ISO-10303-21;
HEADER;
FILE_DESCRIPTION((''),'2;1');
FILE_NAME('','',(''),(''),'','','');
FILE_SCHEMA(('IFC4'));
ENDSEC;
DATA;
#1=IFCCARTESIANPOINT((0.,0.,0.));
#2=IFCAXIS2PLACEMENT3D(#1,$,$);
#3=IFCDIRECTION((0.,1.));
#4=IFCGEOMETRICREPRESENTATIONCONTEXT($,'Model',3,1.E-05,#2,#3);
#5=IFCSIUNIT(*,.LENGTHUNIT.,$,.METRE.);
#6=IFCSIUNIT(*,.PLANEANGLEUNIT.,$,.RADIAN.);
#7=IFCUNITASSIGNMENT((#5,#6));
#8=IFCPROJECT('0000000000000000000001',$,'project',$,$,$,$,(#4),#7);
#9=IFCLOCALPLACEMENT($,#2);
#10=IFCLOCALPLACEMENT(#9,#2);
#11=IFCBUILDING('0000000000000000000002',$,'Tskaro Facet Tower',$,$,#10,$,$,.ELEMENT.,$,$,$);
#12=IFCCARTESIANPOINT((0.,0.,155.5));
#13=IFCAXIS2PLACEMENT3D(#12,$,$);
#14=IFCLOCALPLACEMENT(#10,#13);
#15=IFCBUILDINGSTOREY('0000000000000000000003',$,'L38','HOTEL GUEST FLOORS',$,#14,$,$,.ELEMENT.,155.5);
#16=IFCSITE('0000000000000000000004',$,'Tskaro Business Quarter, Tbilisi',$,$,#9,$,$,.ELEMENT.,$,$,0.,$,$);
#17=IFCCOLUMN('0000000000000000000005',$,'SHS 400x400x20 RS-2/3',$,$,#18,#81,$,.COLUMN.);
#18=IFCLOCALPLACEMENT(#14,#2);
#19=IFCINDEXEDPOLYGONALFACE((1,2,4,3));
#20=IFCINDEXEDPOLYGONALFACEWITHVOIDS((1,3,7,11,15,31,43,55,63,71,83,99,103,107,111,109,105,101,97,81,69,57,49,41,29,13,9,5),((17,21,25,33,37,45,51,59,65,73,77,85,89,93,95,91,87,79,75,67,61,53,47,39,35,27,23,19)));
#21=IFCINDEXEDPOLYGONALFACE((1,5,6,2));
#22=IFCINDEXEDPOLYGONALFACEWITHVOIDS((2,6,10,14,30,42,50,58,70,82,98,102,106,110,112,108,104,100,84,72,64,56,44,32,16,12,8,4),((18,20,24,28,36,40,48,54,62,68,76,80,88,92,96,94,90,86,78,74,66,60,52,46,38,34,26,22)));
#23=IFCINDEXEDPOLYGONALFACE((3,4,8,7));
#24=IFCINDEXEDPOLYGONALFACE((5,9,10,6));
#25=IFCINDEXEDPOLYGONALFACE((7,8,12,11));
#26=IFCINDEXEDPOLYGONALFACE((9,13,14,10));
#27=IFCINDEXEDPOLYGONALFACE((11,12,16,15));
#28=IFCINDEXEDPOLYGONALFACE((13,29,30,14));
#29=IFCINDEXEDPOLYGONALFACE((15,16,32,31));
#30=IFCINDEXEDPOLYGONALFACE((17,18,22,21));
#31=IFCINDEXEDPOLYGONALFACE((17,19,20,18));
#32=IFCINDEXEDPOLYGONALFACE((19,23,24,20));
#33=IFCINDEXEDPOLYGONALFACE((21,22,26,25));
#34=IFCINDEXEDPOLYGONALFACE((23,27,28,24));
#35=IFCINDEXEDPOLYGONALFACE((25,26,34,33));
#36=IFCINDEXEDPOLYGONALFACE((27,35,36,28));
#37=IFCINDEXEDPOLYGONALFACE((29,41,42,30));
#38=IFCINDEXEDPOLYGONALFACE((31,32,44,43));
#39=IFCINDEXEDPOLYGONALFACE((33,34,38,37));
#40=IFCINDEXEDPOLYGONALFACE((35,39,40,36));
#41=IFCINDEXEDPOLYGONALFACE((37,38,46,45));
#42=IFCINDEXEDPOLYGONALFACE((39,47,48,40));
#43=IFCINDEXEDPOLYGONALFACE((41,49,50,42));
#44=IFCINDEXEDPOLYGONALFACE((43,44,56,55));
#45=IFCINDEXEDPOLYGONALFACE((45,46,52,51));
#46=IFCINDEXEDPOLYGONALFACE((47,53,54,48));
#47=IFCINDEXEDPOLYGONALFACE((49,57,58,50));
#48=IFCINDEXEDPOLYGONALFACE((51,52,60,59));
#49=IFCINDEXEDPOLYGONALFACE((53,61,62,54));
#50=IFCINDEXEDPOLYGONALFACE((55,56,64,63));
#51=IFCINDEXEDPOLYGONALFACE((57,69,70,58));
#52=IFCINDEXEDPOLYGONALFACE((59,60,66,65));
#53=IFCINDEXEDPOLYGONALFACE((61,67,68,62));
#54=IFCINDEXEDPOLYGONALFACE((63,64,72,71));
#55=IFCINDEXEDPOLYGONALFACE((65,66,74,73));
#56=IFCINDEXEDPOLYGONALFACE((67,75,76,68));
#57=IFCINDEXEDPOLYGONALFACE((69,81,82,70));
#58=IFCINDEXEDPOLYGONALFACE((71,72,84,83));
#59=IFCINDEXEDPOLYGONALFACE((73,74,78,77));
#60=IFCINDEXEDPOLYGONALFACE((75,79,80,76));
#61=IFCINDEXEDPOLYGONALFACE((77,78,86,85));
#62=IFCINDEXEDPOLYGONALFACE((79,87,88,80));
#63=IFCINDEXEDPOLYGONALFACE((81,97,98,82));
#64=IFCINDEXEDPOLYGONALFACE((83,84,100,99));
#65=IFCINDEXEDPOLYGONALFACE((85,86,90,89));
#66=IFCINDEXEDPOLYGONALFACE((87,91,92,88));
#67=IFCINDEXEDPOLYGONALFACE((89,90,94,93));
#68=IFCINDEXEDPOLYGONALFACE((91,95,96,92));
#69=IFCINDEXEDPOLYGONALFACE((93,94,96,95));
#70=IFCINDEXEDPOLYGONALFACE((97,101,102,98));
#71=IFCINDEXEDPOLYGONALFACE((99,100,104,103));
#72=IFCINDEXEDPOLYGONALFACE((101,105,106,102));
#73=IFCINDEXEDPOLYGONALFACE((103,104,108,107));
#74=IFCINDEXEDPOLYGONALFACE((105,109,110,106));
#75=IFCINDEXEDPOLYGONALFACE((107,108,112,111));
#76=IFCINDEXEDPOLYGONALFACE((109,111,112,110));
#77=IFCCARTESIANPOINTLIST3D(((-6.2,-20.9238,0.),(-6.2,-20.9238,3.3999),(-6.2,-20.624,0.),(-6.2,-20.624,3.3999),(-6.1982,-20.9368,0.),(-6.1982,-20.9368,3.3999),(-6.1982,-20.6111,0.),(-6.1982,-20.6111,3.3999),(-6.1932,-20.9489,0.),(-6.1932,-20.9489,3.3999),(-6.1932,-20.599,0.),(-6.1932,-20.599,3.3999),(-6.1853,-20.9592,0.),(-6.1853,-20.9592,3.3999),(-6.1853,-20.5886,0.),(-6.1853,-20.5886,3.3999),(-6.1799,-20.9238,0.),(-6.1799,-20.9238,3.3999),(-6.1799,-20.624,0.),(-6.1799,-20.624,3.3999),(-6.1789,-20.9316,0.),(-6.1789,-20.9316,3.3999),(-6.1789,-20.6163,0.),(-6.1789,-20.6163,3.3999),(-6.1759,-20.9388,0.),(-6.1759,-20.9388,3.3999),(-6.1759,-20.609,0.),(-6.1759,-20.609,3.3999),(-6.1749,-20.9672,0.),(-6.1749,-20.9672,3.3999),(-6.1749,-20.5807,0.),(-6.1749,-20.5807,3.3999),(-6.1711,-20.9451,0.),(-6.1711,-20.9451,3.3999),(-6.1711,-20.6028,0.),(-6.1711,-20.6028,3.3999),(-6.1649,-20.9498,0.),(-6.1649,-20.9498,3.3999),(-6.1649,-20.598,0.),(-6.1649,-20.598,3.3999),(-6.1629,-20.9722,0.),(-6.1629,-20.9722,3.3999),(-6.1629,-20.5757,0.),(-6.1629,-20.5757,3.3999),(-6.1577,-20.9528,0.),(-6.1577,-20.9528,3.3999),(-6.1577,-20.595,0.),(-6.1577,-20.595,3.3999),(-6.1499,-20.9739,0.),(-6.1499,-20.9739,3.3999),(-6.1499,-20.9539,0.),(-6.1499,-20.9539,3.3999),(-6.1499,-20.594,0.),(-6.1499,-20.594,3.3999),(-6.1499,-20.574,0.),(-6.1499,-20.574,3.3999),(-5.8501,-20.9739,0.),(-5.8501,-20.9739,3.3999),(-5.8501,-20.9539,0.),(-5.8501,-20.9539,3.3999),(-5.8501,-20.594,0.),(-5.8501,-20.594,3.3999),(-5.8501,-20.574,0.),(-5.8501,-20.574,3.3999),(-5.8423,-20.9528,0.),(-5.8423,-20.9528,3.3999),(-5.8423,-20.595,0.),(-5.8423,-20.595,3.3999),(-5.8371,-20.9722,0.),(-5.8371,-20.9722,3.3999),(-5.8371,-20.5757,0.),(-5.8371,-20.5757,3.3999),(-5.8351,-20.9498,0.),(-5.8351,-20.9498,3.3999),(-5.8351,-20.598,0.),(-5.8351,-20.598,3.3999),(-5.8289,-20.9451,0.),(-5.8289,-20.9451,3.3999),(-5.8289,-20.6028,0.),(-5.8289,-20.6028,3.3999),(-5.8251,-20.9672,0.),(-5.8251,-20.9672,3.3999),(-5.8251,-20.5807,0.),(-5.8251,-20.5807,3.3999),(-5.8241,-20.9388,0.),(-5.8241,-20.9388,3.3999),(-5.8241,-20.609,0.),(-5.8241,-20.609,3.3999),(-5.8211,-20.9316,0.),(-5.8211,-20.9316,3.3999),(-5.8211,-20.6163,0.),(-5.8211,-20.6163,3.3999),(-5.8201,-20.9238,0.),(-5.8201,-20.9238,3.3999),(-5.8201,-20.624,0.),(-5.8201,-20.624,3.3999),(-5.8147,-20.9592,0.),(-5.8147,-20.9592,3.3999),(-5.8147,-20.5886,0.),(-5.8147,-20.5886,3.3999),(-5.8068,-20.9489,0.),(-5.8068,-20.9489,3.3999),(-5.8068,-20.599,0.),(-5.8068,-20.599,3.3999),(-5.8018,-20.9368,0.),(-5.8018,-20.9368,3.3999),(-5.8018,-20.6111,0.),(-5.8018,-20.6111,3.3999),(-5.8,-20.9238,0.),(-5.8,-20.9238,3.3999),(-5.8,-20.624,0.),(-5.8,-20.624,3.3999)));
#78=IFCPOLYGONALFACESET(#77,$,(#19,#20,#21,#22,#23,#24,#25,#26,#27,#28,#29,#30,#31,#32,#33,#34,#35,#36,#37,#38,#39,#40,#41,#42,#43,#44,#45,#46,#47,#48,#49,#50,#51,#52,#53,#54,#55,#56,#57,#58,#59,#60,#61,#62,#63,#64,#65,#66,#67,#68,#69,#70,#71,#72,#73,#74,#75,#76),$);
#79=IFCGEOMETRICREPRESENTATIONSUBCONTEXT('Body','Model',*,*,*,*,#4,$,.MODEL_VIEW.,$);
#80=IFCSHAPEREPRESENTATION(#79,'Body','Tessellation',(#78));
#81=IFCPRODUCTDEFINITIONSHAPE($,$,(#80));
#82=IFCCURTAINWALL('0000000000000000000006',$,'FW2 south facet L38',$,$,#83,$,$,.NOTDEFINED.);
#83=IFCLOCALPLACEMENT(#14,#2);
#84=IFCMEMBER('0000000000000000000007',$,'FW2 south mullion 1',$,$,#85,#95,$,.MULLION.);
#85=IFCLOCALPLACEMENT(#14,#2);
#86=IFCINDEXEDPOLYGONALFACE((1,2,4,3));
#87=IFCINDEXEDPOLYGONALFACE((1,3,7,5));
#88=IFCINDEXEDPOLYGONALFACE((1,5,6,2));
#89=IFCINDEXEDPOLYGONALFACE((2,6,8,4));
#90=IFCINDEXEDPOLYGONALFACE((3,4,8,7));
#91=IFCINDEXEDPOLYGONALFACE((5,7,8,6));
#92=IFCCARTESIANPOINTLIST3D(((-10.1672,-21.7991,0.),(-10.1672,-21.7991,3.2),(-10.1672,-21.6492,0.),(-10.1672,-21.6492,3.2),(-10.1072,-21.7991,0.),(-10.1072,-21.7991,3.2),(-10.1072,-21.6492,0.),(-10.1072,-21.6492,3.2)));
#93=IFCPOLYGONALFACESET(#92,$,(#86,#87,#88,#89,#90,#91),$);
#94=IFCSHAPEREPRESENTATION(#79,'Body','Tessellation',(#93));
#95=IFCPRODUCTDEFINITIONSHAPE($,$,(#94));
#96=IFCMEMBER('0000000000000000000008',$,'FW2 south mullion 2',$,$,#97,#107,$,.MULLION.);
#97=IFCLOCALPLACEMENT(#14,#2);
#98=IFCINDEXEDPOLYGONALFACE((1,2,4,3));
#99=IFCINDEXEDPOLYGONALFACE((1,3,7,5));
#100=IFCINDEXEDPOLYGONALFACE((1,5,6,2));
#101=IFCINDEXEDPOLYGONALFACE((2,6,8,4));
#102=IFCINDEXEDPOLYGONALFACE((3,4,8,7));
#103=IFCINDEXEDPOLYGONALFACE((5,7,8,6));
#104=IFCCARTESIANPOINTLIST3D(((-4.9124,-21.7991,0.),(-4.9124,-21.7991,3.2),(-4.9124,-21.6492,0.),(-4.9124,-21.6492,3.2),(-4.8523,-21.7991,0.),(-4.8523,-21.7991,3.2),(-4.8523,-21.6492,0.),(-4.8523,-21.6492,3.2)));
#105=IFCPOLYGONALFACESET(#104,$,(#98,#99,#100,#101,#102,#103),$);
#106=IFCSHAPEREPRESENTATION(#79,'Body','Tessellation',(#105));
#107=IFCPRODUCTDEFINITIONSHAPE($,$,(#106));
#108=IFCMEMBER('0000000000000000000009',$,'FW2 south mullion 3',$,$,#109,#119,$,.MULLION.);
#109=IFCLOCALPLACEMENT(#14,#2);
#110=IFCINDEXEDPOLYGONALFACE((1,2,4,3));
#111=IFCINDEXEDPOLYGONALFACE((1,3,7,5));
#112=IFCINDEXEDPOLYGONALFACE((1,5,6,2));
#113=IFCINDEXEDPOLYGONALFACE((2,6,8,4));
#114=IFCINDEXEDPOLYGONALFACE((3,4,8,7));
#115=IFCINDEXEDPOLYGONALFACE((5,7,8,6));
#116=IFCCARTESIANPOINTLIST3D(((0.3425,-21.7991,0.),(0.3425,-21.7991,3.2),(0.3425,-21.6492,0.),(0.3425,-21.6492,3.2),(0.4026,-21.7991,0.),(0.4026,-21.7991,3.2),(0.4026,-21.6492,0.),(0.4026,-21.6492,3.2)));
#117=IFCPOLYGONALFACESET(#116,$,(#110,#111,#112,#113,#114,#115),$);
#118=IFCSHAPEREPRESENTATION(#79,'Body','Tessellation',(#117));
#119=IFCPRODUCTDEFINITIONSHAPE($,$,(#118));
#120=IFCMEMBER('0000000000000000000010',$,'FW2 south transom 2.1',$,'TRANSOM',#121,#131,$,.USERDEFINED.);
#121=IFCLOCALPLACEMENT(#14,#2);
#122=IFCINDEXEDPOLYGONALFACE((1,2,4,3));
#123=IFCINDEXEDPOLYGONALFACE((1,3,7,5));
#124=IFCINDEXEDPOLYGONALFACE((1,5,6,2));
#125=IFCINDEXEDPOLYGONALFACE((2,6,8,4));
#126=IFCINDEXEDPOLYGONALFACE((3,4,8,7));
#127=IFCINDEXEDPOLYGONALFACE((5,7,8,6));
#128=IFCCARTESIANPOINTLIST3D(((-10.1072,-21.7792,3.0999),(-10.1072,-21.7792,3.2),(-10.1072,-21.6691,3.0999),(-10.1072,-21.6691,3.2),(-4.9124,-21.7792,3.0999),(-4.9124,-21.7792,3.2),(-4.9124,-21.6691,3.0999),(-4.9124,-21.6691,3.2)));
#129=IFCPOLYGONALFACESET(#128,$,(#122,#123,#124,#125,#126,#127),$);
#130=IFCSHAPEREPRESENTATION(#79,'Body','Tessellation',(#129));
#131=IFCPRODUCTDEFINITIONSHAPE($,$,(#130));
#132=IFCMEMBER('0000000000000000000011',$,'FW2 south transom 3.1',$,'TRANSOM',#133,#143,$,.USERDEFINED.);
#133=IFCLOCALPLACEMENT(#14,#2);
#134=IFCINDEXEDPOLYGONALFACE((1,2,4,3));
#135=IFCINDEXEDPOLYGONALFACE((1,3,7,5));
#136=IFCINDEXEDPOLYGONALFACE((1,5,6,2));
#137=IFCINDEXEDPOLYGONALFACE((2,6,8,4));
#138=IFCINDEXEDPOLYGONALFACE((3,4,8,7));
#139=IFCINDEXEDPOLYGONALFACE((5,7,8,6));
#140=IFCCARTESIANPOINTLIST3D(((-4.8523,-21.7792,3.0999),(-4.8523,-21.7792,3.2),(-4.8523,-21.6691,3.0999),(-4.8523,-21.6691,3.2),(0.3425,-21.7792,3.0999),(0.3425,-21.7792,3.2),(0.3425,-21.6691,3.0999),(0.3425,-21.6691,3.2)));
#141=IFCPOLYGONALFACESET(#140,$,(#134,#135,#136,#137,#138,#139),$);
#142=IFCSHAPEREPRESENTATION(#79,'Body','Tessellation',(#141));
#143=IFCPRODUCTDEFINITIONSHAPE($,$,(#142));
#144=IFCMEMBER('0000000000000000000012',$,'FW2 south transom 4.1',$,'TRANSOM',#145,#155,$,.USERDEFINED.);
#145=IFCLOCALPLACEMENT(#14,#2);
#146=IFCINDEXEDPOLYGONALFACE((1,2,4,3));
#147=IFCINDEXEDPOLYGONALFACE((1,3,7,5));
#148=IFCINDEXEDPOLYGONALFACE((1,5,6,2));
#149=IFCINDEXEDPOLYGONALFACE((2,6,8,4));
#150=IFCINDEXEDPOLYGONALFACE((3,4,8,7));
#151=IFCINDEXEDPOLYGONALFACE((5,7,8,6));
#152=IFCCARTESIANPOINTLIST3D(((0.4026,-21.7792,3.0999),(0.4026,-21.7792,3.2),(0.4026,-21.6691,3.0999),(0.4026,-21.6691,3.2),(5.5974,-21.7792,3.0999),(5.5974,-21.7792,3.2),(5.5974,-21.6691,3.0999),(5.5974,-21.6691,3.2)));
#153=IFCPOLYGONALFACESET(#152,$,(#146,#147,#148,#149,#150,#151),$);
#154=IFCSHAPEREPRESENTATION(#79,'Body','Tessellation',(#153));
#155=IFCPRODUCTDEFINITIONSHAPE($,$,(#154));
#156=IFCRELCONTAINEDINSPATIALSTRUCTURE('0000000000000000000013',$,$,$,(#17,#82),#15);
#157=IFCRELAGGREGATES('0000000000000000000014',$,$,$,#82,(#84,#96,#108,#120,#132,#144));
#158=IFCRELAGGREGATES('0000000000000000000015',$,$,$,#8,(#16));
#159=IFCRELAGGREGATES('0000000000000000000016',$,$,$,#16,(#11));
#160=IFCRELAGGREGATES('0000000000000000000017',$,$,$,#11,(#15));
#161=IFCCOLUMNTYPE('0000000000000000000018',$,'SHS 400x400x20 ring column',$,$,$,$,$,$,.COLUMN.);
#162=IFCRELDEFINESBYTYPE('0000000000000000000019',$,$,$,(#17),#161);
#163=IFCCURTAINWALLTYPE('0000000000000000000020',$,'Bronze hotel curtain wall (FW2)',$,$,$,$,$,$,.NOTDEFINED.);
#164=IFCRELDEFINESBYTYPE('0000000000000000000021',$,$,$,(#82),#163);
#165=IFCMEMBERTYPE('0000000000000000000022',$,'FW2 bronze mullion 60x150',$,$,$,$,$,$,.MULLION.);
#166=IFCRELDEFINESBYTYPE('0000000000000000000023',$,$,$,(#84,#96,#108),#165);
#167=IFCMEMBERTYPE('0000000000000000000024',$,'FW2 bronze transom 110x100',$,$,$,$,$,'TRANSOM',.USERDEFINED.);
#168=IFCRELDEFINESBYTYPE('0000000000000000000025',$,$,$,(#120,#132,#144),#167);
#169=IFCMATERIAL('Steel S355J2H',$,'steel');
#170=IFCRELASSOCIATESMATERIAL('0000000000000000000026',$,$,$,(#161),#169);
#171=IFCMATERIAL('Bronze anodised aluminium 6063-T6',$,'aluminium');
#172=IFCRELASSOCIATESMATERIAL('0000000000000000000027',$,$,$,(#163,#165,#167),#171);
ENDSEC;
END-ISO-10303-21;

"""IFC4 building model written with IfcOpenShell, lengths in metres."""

from ifc_helpers import new_model, si_unit, direction, frame, origin, origin_2d, place, context, subcontext, project, spatial, rectangle, hollow_rectangle, extrude, material, material_profile, profile_set, type_object, element, aggregate, save


model = new_model("IFC4")

# Units and contexts
model_context = context("Model", 3, precision=1e-05, world=origin(), true_north=direction((0.0, 1.0)))
body_context = subcontext(model_context, "Body", "Model", "MODEL_VIEW")
ifc_project = project(units=[si_unit("LENGTHUNIT", "METRE"), si_unit("PLANEANGLEUNIT", "RADIAN")], contexts=[model_context])

# Site, building, storey
site_placement = place(None, origin())
site = spatial("IfcSite", under=ifc_project, at=site_placement, Name="Tskaro Business Quarter, Tbilisi", CompositionType="ELEMENT", RefElevation=0.0)
building_placement = place(site_placement, origin())
building = spatial("IfcBuilding", under=site, at=building_placement, Name="Tskaro Facet Tower", CompositionType="ELEMENT")
storey_placement = place(building_placement, frame((0.0, 0.0, 155.5)))
storey = spatial("IfcBuildingStorey", under=building, at=storey_placement, Name="L38", Description="HOTEL GUEST FLOORS", CompositionType="ELEMENT", Elevation=155.5)

# Column
ifc_material_1 = material(Name="Steel S355J2H", Category="steel")
ifc_material_profile_1 = material_profile(ifc_material_1, hollow_rectangle(XDim=0.3999, YDim=0.3999, WallThickness=0.02, InnerFilletRadius=0.03, OuterFilletRadius=0.05, at=origin_2d()), Name="SHS 400x400x20")
ifc_profile_set_1 = profile_set([ifc_material_profile_1], Name="Steel S355J2H")
column_type = type_object("IfcColumnType", Name="SHS 400x400x20 ring column", PredefinedType="COLUMN", material=ifc_profile_set_1)
column_placement = place(storey_placement, frame((-6.0, -20.7739, 0.0), z_axis=(0.0, 0.0, 1.0), x_axis=(1.0, 0.0, 0.0)))
element("IfcColumn", 1, at=column_placement, inside=storey, type_object=column_type, Name="SHS 400x400x20 RS-2/3", PredefinedType="COLUMN", context=body_context, shape_type="SweptSolid", body=[
    extrude(hollow_rectangle(XDim=0.3999, YDim=0.3999, WallThickness=0.02, InnerFilletRadius=0.03, OuterFilletRadius=0.05, at=origin_2d()), origin(), (0.0, 0.0, 1.0), 3.3999),
])

# Curtain wall, members
ifc_material_2 = material(Name="Bronze anodised aluminium 6063-T6", Category="aluminium")
curtain_wall_type = type_object("IfcCurtainWallType", Name="Bronze hotel curtain wall (FW2)", PredefinedType="NOTDEFINED", material=ifc_material_2)
curtain_wall_placement = place(storey_placement, origin())
curtain_wall = element("IfcCurtainWall", 2, at=curtain_wall_placement, inside=storey, type_object=curtain_wall_type, Name="FW2 south facet L38", PredefinedType="NOTDEFINED")
ifc_material_profile_2 = material_profile(ifc_material_2, rectangle(XDim=0.0601, YDim=0.1499, at=origin_2d()), Name="Mullion 60x150")
ifc_profile_set_2 = profile_set([ifc_material_profile_2], Name="Bronze anodised aluminium 6063-T6")
member_type_1 = type_object("IfcMemberType", Name="FW2 bronze mullion 60x150", PredefinedType="MULLION", material=ifc_profile_set_2)
member_1_placement = place(storey_placement, frame((-10.1372, -21.7241, 0.0), z_axis=(0.0, 0.0, 1.0), x_axis=(1.0, 0.0, 0.0)))
member_1 = element("IfcMember", 3, at=member_1_placement, type_object=member_type_1, Name="FW2 south mullion 1", PredefinedType="MULLION", context=body_context, shape_type="SweptSolid", body=[
    extrude(rectangle(XDim=0.0601, YDim=0.1499, at=origin_2d()), origin(), (0.0, 0.0, 1.0), 3.2),
])
member_2_placement = place(storey_placement, frame((-4.8823, -21.7241, 0.0), z_axis=(0.0, 0.0, 1.0), x_axis=(1.0, 0.0, 0.0)))
member_2 = element("IfcMember", 4, at=member_2_placement, type_object=member_type_1, Name="FW2 south mullion 2", PredefinedType="MULLION", context=body_context, shape_type="SweptSolid", body=[
    extrude(rectangle(XDim=0.0601, YDim=0.1499, at=origin_2d()), origin(), (0.0, 0.0, 1.0), 3.2),
])
member_3_placement = place(storey_placement, frame((0.3726, -21.7241, 0.0), z_axis=(0.0, 0.0, 1.0), x_axis=(1.0, 0.0, 0.0)))
member_3 = element("IfcMember", 5, at=member_3_placement, type_object=member_type_1, Name="FW2 south mullion 3", PredefinedType="MULLION", context=body_context, shape_type="SweptSolid", body=[
    extrude(rectangle(XDim=0.0601, YDim=0.1499, at=origin_2d()), origin(), (0.0, 0.0, 1.0), 3.2),
])
ifc_material_profile_3 = material_profile(ifc_material_2, rectangle(XDim=0.1101, YDim=0.1001, at=origin_2d()), Name="Transom 110x100")
ifc_profile_set_3 = profile_set([ifc_material_profile_3], Name="Bronze anodised aluminium 6063-T6")
member_type_2 = type_object("IfcMemberType", Name="FW2 bronze transom 110x100", ElementType="TRANSOM", PredefinedType="USERDEFINED", material=ifc_profile_set_3)
member_4_placement = place(storey_placement, frame((-10.1072, -21.7241, 3.1499), z_axis=(1.0, 0.0, 0.0), x_axis=(0.0, 1.0, 0.0)))
member_4 = element("IfcMember", 6, at=member_4_placement, type_object=member_type_2, Name="FW2 south transom 2.1", ObjectType="TRANSOM", PredefinedType="USERDEFINED", context=body_context, shape_type="SweptSolid", body=[
    extrude(rectangle(XDim=0.1101, YDim=0.1001, at=origin_2d()), origin(), (0.0, 0.0, 1.0), 5.1948),
])
member_5_placement = place(storey_placement, frame((-4.8523, -21.7241, 3.1499), z_axis=(1.0, 0.0, 0.0), x_axis=(0.0, 1.0, 0.0)))
member_5 = element("IfcMember", 7, at=member_5_placement, type_object=member_type_2, Name="FW2 south transom 3.1", ObjectType="TRANSOM", PredefinedType="USERDEFINED", context=body_context, shape_type="SweptSolid", body=[
    extrude(rectangle(XDim=0.1101, YDim=0.1001, at=origin_2d()), origin(), (0.0, 0.0, 1.0), 5.1948),
])
member_6_placement = place(storey_placement, frame((0.4026, -21.7241, 3.1499), z_axis=(1.0, 0.0, 0.0), x_axis=(0.0, 1.0, 0.0)))
member_6 = element("IfcMember", 8, at=member_6_placement, type_object=member_type_2, Name="FW2 south transom 4.1", ObjectType="TRANSOM", PredefinedType="USERDEFINED", context=body_context, shape_type="SweptSolid", body=[
    extrude(rectangle(XDim=0.1101, YDim=0.1001, at=origin_2d()), origin(), (0.0, 0.0, 1.0), 5.1948),
])

aggregate(curtain_wall, [member_1, member_2, member_3, member_4, member_5, member_6])

save(model, "model.ifc")
